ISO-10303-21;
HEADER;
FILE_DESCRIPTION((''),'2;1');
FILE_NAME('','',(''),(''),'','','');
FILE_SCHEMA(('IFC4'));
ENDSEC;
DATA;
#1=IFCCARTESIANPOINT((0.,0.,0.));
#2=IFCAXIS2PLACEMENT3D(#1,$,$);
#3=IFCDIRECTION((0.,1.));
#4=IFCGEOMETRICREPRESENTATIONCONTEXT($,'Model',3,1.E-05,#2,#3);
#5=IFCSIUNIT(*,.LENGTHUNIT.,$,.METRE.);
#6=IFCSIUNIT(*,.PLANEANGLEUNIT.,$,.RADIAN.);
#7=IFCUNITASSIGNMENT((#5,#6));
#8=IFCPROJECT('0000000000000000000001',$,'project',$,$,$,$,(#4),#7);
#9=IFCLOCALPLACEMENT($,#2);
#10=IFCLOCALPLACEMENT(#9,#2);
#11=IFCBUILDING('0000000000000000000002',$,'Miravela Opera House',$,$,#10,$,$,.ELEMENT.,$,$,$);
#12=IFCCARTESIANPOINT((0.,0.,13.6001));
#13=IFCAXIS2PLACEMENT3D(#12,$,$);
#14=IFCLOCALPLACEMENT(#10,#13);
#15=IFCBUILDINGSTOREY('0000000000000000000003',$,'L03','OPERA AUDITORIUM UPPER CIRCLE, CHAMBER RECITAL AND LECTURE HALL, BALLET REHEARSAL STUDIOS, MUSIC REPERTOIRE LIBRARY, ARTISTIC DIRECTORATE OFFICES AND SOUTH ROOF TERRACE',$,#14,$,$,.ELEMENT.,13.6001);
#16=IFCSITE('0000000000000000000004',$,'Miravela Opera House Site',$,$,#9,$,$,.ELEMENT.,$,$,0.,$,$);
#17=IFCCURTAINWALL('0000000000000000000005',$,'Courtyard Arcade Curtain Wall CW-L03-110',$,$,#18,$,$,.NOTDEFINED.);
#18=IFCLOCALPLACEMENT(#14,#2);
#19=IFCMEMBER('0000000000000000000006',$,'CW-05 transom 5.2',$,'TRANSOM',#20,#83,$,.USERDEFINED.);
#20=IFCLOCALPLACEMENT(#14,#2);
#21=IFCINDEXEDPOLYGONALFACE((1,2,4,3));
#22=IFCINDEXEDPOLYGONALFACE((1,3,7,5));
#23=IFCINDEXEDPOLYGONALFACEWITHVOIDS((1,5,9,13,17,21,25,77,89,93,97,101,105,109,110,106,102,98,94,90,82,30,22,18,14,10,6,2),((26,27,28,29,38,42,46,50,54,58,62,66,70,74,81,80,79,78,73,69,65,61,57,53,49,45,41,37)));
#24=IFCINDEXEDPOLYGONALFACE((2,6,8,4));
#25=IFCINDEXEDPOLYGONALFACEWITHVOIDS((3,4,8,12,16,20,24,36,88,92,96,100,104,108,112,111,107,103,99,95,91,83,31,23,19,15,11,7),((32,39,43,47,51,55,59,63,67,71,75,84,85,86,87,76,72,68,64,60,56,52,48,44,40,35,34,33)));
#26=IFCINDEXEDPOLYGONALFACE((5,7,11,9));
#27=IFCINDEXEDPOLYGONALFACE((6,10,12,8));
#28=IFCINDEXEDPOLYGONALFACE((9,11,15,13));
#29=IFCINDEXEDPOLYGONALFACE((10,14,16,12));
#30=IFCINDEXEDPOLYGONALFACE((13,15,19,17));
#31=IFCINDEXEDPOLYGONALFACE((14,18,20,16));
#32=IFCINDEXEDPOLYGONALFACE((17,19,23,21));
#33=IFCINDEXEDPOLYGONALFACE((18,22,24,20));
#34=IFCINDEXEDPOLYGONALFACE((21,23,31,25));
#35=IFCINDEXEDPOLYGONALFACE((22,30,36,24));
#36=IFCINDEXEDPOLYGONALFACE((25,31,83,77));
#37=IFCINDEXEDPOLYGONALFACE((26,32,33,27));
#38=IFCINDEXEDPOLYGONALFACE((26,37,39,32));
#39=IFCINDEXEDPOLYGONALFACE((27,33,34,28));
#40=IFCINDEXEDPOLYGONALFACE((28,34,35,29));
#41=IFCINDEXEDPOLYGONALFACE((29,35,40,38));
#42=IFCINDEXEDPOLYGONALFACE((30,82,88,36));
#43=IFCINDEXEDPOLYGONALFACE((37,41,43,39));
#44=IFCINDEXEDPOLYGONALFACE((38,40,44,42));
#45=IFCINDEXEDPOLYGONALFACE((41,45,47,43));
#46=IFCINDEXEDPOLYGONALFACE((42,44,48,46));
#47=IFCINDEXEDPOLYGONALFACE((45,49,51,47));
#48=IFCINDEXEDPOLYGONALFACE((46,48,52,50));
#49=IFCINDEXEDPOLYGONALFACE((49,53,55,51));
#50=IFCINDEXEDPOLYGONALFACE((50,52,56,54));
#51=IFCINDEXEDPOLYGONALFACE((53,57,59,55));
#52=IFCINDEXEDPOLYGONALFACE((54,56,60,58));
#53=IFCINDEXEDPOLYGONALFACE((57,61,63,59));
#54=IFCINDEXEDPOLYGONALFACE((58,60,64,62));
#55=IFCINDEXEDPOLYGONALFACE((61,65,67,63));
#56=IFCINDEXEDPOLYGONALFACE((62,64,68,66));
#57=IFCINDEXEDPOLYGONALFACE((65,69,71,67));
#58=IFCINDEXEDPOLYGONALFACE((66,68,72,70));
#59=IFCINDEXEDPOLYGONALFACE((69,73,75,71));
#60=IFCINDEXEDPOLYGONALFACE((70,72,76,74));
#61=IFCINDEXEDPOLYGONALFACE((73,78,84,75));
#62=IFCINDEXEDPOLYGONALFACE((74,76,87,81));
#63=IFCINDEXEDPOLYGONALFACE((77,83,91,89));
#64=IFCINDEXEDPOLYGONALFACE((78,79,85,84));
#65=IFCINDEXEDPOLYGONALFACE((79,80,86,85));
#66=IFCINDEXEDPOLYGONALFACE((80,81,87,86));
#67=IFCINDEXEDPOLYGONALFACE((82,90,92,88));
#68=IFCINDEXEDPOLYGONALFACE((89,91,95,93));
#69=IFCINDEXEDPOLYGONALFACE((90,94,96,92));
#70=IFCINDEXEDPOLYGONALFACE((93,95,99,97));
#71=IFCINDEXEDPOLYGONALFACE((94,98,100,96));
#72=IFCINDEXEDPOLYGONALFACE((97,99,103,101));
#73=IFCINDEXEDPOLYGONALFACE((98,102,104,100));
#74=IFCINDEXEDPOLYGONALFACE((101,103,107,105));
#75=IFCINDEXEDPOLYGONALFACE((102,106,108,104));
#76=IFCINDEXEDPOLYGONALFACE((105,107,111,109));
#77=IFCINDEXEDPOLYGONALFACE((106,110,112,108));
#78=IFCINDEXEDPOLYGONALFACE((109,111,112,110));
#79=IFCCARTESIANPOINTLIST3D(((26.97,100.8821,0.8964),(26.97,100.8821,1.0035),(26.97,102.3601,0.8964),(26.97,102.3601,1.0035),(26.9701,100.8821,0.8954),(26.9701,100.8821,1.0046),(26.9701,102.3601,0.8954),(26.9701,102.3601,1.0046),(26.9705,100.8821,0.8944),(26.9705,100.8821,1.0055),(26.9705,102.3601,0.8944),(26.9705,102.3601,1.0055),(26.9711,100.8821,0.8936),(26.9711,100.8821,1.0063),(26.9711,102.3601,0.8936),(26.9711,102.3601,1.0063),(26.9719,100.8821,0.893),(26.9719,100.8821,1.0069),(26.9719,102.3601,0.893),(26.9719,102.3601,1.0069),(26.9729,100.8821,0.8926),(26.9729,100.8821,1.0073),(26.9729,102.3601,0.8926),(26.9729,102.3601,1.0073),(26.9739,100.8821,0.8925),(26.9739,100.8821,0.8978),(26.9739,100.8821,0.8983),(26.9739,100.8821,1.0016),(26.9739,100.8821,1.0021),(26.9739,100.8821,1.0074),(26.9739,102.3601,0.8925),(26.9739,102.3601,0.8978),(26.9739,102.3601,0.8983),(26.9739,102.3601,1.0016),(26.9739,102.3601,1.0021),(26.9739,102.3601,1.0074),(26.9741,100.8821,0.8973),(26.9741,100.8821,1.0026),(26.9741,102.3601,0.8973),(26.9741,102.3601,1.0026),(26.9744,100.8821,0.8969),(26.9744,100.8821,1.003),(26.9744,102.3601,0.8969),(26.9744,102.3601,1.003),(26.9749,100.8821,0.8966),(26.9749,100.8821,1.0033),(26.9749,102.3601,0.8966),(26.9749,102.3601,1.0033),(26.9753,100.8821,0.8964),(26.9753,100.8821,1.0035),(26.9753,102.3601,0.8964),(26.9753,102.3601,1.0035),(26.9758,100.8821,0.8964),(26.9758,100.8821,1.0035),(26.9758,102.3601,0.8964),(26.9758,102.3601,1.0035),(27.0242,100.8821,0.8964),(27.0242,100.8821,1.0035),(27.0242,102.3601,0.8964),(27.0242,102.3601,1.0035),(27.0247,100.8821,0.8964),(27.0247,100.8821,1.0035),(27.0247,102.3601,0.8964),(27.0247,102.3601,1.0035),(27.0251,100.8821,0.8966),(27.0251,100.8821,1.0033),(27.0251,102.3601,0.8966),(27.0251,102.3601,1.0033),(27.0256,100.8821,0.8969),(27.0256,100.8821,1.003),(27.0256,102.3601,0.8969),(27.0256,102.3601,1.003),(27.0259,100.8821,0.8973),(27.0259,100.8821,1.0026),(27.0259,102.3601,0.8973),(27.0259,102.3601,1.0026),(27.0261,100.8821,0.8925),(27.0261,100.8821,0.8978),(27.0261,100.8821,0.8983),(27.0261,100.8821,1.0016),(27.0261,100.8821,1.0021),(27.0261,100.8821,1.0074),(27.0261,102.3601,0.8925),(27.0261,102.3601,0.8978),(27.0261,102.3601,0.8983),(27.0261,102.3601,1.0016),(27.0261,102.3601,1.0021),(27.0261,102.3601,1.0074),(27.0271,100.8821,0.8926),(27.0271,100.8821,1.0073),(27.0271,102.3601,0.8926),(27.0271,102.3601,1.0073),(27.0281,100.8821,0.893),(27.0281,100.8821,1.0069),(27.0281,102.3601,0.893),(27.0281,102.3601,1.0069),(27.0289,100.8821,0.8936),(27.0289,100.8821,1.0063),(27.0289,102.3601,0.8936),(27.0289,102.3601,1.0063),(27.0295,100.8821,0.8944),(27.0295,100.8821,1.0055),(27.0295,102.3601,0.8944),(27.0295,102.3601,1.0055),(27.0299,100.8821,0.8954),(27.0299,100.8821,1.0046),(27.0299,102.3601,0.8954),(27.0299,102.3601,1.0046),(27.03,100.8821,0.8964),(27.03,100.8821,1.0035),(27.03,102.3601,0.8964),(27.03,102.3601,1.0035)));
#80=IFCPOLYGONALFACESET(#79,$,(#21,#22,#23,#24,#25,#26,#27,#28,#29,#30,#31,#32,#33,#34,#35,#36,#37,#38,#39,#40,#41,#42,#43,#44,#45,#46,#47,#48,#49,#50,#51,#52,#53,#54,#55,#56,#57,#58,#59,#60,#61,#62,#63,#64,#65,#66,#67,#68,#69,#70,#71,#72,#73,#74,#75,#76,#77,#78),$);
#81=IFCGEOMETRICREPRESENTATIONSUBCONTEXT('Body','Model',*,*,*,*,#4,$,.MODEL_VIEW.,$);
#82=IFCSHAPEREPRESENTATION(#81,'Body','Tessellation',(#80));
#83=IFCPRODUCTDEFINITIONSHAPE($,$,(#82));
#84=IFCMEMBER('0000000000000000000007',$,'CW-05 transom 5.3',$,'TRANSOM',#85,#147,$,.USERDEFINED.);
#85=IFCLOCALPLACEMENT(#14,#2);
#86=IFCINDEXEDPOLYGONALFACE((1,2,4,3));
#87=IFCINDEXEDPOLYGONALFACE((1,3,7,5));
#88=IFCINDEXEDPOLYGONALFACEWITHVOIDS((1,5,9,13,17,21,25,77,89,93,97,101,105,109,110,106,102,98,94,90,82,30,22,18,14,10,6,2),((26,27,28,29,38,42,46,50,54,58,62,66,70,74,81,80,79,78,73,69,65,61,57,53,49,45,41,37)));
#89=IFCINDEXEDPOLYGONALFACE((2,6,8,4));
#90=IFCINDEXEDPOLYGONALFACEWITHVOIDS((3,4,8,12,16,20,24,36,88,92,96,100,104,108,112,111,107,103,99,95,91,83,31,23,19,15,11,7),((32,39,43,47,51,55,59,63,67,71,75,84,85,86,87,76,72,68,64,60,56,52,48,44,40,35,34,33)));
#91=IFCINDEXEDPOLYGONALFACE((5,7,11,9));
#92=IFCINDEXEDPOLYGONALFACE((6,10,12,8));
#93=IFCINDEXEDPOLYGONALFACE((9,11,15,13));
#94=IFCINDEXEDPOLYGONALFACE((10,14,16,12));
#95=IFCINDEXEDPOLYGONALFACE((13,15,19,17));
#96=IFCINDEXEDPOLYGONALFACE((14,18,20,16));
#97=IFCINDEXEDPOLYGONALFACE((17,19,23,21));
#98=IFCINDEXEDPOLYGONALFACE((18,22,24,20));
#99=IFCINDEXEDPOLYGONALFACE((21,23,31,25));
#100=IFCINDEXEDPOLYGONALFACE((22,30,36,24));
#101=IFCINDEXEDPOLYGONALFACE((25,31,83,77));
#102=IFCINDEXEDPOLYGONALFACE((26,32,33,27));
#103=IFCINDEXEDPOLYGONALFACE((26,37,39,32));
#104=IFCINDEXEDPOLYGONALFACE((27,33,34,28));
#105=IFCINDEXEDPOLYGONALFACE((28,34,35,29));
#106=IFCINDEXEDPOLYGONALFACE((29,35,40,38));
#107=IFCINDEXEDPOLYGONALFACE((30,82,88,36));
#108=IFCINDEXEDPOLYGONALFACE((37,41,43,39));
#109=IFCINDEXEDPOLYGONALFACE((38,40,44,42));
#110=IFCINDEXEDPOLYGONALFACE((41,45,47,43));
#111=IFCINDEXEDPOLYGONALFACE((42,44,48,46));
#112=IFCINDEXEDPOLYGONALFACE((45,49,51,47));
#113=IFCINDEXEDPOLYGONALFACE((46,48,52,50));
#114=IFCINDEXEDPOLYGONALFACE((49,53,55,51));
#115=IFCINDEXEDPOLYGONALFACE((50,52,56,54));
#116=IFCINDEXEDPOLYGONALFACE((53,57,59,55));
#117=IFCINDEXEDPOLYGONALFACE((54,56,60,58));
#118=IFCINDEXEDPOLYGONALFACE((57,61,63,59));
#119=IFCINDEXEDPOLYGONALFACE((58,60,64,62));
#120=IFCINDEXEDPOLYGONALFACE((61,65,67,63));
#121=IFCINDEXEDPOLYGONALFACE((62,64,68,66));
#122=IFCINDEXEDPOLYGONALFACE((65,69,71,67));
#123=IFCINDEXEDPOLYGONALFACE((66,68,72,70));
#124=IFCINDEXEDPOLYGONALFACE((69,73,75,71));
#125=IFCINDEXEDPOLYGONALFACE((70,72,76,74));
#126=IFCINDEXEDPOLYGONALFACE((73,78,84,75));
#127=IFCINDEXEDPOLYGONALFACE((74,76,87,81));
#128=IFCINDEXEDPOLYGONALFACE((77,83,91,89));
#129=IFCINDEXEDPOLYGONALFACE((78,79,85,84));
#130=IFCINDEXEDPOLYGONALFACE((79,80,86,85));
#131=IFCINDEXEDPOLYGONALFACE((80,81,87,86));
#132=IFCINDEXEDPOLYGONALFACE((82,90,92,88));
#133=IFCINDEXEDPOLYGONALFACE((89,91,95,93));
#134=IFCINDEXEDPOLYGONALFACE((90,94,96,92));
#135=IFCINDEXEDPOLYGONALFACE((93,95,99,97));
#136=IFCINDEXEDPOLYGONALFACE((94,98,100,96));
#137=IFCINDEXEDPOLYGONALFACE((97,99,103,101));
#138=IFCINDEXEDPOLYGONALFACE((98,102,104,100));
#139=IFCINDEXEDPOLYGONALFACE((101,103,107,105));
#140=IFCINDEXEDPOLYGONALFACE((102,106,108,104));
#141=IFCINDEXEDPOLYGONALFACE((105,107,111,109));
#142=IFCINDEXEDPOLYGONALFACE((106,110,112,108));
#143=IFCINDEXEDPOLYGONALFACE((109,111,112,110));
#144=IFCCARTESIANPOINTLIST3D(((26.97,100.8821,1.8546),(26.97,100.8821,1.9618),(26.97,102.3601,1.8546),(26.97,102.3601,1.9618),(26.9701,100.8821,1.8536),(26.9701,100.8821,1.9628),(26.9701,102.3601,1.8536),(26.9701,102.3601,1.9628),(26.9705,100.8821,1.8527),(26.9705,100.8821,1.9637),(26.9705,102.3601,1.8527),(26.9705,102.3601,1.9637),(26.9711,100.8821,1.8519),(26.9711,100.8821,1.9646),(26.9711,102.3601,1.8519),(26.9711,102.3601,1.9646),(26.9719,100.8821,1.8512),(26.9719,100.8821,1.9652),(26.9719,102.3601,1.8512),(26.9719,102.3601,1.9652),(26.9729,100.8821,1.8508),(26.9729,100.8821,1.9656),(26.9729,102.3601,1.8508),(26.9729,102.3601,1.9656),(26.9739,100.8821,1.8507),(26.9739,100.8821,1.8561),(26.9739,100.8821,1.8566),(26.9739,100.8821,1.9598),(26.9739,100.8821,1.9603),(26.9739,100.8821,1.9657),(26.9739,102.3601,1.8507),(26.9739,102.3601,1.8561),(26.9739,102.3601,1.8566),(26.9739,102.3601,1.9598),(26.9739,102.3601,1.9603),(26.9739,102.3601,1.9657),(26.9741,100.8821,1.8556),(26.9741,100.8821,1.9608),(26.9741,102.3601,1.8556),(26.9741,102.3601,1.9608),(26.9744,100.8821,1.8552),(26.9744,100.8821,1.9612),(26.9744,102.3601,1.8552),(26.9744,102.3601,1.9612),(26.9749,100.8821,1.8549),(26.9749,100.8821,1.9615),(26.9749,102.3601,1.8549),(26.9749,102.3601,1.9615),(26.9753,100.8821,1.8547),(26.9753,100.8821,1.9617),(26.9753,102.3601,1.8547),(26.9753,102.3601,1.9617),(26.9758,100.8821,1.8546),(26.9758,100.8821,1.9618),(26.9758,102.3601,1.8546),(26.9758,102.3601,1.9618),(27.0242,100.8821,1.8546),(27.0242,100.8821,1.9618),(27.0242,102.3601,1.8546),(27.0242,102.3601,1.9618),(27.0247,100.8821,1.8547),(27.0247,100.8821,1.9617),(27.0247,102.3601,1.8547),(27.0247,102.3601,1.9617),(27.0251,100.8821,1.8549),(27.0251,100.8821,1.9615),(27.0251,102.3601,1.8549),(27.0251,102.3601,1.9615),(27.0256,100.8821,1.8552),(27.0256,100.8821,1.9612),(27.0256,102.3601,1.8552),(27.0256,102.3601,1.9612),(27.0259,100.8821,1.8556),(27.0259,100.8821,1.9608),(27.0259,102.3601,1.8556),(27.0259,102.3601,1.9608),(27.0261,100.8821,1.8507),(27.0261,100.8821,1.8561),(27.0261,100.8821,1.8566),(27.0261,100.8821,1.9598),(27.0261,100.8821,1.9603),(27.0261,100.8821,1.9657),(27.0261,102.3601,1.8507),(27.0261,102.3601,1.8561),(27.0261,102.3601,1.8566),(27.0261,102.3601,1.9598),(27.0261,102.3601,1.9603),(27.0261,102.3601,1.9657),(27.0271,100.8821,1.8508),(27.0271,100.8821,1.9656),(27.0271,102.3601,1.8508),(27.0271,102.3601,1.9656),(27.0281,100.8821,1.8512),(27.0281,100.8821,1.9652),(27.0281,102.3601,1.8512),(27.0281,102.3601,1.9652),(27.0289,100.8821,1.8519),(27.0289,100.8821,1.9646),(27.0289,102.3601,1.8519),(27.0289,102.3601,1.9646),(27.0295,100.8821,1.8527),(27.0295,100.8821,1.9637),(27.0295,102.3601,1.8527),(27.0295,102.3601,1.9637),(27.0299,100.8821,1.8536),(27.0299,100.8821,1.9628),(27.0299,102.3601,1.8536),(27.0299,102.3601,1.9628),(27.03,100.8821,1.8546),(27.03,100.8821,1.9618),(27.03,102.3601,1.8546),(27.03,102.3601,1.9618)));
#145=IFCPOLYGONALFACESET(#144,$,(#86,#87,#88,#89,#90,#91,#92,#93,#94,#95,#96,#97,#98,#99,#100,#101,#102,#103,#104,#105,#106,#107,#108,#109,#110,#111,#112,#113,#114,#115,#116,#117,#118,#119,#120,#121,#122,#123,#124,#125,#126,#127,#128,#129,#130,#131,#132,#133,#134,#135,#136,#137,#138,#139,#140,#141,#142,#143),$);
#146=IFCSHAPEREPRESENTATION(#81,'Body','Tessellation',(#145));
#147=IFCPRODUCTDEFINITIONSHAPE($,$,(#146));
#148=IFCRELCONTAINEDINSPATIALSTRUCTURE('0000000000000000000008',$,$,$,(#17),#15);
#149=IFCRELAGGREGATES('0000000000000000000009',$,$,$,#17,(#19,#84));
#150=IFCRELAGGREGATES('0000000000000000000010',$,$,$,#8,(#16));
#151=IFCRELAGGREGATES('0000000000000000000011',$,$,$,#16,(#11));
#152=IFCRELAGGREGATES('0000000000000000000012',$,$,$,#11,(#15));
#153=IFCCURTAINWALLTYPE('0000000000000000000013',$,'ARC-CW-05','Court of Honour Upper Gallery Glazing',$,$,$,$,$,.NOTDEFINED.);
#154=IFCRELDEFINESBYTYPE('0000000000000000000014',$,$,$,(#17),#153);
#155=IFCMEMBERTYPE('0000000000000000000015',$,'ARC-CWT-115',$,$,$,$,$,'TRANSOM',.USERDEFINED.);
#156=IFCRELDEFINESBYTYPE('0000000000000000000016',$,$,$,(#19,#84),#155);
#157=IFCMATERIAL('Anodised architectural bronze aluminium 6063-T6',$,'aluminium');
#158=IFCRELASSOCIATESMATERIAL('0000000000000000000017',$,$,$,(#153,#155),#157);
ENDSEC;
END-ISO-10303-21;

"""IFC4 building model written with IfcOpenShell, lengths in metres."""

from ifc_helpers import new_model, si_unit, direction, frame, origin, origin_2d, place, context, subcontext, project, spatial, hollow_rectangle, extrude, material, material_profile, profile_set, type_object, element, aggregate, save


model = new_model("IFC4")

# Units and contexts
model_context = context("Model", 3, precision=1e-05, world=origin(), true_north=direction((0.0, 1.0)))
body_context = subcontext(model_context, "Body", "Model", "MODEL_VIEW")
ifc_project = project(units=[si_unit("LENGTHUNIT", "METRE"), si_unit("PLANEANGLEUNIT", "RADIAN")], contexts=[model_context])

# Site, building, storey
site_placement = place(None, origin())
site = spatial("IfcSite", under=ifc_project, at=site_placement, Name="Miravela Opera House Site", CompositionType="ELEMENT", RefElevation=0.0)
building_placement = place(site_placement, origin())
building = spatial("IfcBuilding", under=site, at=building_placement, Name="Miravela Opera House", CompositionType="ELEMENT")
storey_placement = place(building_placement, frame((0.0, 0.0, 13.6001)))
storey = spatial("IfcBuildingStorey", under=building, at=storey_placement, Name="L03", Description="OPERA AUDITORIUM UPPER CIRCLE, CHAMBER RECITAL AND LECTURE HALL, BALLET REHEARSAL STUDIOS, MUSIC REPERTOIRE LIBRARY, ARTISTIC DIRECTORATE OFFICES AND SOUTH ROOF TERRACE", CompositionType="ELEMENT", Elevation=13.6001)

# Curtain wall, members
ifc_material_1 = material(Name="Anodised architectural bronze aluminium 6063-T6", Category="aluminium")
curtain_wall_type = type_object("IfcCurtainWallType", Name="ARC-CW-05", Description="Court of Honour Upper Gallery Glazing", PredefinedType="NOTDEFINED", material=ifc_material_1)
curtain_wall_placement = place(storey_placement, origin())
curtain_wall = element("IfcCurtainWall", 1, at=curtain_wall_placement, inside=storey, type_object=curtain_wall_type, Name="Courtyard Arcade Curtain Wall CW-L03-110", PredefinedType="NOTDEFINED")
ifc_material_profile_1 = material_profile(ifc_material_1, hollow_rectangle(XDim=0.0601, YDim=0.115, WallThickness=0.0039, InnerFilletRadius=0.002, OuterFilletRadius=0.0039, at=origin_2d()), Name="CWT-60X115")
ifc_profile_set_1 = profile_set([ifc_material_profile_1])
member_type_1 = type_object("IfcMemberType", Name="ARC-CWT-115", ElementType="TRANSOM", PredefinedType="USERDEFINED", material=ifc_profile_set_1)
member_1_placement = place(storey_placement, frame((27.0, 100.8821, 0.95), z_axis=(0.0, 1.0, 0.0), x_axis=(-1.0, 0.0, 0.0)))
member_1 = element("IfcMember", 2, at=member_1_placement, type_object=member_type_1, Name="CW-05 transom 5.2", ObjectType="TRANSOM", PredefinedType="USERDEFINED", context=body_context, shape_type="SweptSolid", body=[
    extrude(hollow_rectangle(XDim=0.0601, YDim=0.115, WallThickness=0.0039, InnerFilletRadius=0.002, OuterFilletRadius=0.0039, at=origin_2d()), origin(), (0.0, 0.0, 1.0), 1.478),
])
member_2_placement = place(storey_placement, frame((27.0, 100.8821, 1.9082), z_axis=(0.0, 1.0, 0.0), x_axis=(-1.0, 0.0, 0.0)))
member_2 = element("IfcMember", 3, at=member_2_placement, type_object=member_type_1, Name="CW-05 transom 5.3", ObjectType="TRANSOM", PredefinedType="USERDEFINED", context=body_context, shape_type="SweptSolid", body=[
    extrude(hollow_rectangle(XDim=0.0601, YDim=0.115, WallThickness=0.0039, InnerFilletRadius=0.002, OuterFilletRadius=0.0039, at=origin_2d()), origin(), (0.0, 0.0, 1.0), 1.478),
])

aggregate(curtain_wall, [member_1, member_2])

save(model, "model.ifc")
